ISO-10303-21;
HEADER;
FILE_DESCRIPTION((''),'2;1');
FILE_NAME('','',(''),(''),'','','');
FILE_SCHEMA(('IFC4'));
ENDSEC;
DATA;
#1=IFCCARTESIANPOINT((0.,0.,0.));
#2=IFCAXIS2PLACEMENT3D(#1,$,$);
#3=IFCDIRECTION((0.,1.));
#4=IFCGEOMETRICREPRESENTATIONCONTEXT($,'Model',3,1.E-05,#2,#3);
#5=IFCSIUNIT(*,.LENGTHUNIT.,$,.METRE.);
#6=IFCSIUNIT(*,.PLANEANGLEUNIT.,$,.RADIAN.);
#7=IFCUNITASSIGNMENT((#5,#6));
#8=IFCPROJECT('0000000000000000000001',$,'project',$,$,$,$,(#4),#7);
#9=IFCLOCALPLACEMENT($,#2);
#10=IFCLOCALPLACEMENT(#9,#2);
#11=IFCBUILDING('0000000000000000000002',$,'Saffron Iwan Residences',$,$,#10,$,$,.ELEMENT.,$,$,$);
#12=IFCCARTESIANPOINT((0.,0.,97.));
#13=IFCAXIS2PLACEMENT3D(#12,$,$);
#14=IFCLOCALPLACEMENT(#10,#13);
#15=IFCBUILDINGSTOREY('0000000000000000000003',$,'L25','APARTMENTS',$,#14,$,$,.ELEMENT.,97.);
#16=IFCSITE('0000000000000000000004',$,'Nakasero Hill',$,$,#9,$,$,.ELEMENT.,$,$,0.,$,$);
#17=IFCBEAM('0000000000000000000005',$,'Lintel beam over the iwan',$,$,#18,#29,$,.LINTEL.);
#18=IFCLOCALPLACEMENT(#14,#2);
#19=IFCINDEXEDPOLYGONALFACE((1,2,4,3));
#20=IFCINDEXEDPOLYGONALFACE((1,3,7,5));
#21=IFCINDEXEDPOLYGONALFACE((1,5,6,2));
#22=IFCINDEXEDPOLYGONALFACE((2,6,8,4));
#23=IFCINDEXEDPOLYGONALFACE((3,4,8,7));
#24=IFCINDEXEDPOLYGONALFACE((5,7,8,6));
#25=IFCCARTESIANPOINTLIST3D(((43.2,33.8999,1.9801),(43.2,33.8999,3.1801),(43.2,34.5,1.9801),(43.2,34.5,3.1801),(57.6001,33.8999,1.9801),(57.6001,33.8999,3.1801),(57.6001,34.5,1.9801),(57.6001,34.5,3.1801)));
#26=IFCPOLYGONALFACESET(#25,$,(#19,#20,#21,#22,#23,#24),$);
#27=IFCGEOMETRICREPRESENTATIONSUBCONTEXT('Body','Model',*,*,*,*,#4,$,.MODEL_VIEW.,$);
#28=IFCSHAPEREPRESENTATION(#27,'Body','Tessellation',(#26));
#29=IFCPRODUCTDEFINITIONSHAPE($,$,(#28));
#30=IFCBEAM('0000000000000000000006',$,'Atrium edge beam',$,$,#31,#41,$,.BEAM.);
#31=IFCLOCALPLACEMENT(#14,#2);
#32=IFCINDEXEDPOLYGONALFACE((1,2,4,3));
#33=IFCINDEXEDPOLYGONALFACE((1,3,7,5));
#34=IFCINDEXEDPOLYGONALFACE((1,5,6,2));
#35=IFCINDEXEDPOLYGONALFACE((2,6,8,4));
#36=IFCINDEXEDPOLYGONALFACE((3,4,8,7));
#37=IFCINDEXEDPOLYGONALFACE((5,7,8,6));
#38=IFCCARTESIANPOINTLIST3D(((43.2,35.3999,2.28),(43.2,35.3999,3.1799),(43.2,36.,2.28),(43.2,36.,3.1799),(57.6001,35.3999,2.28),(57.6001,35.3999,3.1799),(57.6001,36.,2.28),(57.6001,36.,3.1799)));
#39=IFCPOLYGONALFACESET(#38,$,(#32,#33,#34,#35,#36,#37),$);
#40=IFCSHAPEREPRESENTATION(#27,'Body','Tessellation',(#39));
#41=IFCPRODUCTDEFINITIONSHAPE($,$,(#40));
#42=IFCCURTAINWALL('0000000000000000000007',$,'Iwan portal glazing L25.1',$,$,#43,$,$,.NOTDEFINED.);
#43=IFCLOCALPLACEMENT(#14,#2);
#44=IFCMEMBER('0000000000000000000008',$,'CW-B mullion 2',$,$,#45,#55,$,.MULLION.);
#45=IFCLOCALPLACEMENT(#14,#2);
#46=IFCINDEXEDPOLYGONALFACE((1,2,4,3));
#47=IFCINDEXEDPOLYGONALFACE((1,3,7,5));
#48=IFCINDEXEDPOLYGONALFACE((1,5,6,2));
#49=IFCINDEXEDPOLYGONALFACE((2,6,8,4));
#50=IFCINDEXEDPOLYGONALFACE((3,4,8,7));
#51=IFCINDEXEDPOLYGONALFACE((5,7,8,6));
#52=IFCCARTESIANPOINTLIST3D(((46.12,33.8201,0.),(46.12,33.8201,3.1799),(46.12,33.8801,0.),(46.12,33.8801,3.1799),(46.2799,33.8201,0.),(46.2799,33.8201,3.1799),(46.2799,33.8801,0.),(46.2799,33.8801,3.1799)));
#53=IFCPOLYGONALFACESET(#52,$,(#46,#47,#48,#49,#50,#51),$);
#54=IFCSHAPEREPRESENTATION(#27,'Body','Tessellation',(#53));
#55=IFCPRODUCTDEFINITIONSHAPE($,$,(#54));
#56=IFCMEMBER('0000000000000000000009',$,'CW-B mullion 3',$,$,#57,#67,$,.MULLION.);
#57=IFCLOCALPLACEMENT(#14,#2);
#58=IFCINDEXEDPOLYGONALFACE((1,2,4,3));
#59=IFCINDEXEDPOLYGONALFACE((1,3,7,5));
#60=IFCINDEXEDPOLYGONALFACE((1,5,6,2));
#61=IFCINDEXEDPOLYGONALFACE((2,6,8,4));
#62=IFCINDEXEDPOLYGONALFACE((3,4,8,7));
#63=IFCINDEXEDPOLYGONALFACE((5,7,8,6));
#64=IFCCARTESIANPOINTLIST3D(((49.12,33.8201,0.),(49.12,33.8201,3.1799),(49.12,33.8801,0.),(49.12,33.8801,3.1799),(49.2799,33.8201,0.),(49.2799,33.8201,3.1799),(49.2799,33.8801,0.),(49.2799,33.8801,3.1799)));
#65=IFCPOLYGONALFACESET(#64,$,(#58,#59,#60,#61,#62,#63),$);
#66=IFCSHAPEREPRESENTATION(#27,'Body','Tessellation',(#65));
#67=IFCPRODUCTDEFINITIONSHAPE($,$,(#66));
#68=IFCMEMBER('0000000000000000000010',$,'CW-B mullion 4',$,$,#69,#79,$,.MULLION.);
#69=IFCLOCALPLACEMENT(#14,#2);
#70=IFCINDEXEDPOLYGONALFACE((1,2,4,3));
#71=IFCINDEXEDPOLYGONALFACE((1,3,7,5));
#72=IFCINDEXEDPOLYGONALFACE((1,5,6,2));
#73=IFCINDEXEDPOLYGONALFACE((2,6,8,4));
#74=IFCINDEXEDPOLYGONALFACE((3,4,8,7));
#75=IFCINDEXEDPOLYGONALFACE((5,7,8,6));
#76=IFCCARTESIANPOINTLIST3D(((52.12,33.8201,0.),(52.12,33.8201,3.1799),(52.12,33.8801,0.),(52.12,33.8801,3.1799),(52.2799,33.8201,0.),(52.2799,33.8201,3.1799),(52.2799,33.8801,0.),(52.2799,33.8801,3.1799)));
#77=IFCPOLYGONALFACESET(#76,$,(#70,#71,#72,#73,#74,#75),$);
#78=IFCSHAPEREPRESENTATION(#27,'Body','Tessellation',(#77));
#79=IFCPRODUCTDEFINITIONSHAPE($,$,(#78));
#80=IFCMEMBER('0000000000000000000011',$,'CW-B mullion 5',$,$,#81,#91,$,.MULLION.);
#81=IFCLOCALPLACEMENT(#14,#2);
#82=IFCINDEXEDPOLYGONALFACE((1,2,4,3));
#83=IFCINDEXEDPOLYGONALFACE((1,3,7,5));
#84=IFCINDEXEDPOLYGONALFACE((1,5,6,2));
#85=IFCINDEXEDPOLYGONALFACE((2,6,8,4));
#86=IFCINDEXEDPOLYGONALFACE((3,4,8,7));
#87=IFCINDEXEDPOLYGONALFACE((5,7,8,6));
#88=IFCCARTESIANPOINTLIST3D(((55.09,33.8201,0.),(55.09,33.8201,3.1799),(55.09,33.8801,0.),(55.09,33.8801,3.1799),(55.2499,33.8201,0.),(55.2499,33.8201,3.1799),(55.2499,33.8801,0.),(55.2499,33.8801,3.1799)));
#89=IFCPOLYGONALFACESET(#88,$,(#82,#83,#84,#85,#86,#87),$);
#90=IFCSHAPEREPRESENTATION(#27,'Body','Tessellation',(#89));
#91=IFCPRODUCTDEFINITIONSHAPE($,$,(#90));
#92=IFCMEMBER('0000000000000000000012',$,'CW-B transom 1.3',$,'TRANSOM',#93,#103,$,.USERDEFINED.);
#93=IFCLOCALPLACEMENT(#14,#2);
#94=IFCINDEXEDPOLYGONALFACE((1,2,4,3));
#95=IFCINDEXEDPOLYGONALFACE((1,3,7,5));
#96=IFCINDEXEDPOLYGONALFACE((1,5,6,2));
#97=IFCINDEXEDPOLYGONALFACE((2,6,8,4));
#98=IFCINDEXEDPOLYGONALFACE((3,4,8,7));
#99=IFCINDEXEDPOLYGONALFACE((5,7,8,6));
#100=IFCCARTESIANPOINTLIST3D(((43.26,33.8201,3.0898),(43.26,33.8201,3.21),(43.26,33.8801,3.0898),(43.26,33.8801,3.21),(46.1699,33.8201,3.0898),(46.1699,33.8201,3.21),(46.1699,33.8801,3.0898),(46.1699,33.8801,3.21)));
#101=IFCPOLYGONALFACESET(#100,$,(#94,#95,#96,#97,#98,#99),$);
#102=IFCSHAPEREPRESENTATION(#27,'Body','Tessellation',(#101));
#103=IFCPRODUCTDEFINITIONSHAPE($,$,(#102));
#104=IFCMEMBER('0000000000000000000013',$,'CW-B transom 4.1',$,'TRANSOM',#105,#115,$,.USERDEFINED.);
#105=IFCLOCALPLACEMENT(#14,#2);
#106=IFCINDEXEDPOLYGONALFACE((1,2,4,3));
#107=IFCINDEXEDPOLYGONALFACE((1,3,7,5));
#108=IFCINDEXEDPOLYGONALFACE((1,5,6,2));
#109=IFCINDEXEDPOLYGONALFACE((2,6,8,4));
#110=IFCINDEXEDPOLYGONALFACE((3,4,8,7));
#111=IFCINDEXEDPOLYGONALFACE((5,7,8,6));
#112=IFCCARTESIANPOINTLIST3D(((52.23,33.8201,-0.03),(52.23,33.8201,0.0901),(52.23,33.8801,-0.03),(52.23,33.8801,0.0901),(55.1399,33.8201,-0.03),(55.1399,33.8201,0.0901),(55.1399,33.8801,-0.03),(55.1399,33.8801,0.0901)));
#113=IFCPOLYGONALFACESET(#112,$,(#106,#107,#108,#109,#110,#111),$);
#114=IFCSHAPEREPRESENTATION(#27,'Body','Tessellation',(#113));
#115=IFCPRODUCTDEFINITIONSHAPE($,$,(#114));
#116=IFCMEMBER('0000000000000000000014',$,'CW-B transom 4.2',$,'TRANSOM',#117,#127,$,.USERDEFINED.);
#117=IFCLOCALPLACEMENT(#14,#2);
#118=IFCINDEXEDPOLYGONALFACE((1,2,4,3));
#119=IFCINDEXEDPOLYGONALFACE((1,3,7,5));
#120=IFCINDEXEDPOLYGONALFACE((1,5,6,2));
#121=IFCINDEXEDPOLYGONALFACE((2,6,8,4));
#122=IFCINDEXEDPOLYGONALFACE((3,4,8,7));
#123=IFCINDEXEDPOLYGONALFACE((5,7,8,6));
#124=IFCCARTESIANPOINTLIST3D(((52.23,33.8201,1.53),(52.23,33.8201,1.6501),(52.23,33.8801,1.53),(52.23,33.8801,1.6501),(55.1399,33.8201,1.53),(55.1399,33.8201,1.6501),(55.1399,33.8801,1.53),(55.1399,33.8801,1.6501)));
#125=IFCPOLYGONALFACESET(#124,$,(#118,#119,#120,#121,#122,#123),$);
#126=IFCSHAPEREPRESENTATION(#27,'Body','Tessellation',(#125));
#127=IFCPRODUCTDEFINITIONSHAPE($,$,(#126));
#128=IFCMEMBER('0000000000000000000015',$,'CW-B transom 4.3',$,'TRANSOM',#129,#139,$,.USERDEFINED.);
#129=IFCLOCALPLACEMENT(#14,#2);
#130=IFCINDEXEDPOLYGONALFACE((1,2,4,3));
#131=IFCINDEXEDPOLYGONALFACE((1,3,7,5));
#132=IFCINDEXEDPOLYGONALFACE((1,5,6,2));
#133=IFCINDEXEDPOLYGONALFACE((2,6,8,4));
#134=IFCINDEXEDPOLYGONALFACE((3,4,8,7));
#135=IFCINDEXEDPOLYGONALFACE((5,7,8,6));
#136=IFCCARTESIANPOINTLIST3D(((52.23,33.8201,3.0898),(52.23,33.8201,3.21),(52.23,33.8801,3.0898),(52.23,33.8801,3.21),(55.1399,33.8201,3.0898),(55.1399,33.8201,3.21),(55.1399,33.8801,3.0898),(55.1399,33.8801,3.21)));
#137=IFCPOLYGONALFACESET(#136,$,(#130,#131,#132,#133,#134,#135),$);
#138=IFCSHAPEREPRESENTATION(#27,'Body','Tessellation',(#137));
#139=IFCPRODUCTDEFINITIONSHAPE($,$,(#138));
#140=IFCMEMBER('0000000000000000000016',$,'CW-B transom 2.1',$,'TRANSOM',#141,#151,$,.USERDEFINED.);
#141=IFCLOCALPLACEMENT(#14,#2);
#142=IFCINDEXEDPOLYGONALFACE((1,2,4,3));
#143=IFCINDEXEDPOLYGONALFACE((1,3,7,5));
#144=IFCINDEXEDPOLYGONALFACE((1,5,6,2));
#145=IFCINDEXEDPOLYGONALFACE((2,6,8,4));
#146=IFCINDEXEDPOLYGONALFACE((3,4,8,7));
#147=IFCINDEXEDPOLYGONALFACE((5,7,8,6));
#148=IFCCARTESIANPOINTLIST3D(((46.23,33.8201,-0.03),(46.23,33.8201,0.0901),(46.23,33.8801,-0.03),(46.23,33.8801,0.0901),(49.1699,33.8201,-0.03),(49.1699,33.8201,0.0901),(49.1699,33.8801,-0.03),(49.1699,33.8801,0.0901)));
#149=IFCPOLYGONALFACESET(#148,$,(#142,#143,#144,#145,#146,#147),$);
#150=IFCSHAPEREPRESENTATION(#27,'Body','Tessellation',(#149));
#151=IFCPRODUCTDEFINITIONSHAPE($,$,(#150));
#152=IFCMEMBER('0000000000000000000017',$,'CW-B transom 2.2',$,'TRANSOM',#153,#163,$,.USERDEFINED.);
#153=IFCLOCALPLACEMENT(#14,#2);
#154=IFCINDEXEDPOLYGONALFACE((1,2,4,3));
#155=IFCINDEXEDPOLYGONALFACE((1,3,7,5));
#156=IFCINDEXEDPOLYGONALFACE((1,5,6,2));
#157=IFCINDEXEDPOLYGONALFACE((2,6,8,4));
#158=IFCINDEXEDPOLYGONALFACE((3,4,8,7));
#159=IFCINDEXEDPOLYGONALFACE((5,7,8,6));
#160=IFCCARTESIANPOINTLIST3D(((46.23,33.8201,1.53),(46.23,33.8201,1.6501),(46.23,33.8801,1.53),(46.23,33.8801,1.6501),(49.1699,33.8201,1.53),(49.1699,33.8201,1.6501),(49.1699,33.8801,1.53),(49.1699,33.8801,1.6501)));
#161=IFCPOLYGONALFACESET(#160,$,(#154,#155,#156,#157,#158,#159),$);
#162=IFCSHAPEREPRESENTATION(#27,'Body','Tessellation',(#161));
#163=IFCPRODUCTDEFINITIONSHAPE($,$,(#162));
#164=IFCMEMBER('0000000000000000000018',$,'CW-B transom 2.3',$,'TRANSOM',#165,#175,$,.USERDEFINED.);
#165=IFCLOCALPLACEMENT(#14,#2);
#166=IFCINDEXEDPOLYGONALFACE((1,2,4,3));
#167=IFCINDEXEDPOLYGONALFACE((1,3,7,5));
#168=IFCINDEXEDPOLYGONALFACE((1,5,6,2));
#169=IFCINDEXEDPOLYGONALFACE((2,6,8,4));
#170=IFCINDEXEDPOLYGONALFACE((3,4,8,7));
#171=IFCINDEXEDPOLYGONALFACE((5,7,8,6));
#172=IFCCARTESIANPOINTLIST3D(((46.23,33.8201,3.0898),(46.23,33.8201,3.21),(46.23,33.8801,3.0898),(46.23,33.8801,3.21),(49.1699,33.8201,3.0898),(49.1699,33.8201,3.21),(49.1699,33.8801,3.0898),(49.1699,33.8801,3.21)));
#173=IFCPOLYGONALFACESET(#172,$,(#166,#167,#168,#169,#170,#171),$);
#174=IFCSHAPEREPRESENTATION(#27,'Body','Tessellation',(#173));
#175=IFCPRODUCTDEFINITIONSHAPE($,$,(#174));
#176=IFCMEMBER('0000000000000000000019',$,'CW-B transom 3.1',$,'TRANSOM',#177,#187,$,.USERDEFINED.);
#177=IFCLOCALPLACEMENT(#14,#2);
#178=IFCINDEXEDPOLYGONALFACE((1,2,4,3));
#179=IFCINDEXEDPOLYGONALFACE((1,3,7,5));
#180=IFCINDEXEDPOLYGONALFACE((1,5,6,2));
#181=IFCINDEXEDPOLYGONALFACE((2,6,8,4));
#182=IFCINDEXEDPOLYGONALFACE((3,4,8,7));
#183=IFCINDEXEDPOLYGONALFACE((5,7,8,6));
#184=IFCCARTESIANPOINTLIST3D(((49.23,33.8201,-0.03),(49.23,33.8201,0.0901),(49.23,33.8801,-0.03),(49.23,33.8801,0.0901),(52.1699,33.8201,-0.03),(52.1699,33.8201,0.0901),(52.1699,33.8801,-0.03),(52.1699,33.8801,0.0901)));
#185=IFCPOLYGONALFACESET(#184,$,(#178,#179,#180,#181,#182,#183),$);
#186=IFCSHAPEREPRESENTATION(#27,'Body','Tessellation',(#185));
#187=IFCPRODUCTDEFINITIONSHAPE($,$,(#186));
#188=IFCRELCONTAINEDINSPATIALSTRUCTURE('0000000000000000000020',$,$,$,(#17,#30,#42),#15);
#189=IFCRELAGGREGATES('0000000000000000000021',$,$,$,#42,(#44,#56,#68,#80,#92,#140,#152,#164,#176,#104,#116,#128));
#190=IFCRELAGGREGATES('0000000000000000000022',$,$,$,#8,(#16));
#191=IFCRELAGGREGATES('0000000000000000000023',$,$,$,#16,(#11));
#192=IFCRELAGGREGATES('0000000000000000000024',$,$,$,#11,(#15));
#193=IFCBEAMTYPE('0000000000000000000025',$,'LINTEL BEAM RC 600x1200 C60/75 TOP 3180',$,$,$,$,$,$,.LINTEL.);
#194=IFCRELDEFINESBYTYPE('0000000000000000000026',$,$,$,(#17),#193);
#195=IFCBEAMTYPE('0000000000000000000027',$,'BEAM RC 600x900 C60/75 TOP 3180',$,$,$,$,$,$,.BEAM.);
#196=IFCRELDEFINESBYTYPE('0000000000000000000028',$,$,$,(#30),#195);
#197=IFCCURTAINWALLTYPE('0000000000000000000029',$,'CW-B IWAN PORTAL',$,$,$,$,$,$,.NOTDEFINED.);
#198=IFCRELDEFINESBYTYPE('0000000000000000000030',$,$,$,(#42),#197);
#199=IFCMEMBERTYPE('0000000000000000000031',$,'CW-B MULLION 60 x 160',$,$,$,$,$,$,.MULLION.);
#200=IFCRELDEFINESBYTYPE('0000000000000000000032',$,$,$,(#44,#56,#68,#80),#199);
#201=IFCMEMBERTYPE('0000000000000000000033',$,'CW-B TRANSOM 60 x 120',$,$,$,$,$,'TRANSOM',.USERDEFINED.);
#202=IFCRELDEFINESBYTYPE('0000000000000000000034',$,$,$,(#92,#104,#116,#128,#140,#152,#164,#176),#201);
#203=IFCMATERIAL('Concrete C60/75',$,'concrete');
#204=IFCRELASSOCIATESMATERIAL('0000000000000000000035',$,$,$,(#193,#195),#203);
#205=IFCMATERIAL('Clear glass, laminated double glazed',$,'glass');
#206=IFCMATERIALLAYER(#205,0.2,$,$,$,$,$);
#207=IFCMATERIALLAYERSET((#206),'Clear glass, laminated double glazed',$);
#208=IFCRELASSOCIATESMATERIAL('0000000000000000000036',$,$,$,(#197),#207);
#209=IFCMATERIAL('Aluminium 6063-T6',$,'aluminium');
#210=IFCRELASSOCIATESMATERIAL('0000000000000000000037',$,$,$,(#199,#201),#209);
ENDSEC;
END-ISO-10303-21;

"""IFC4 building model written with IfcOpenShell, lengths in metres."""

from ifc_helpers import new_model, si_unit, direction, frame, origin, origin_2d, place, context, subcontext, project, spatial, rectangle, extrude, source, transform, mapped, material, layer, layer_set, material_profile, profile_set, type_object, element, aggregate, save


model = new_model("IFC4")

# Units and contexts
model_context = context("Model", 3, precision=1e-05, world=origin(), true_north=direction((0.0, 1.0)))
body_context = subcontext(model_context, "Body", "Model", "MODEL_VIEW")
ifc_project = project(units=[si_unit("LENGTHUNIT", "METRE"), si_unit("PLANEANGLEUNIT", "RADIAN")], contexts=[model_context])

# Site, building, storey
site_placement = place(None, origin())
site = spatial("IfcSite", under=ifc_project, at=site_placement, Name="Nakasero Hill", CompositionType="ELEMENT", RefElevation=0.0)
building_placement = place(site_placement, origin())
building = spatial("IfcBuilding", under=site, at=building_placement, Name="Saffron Iwan Residences", CompositionType="ELEMENT")
storey_placement = place(building_placement, frame((0.0, 0.0, 97.0)))
storey = spatial("IfcBuildingStorey", under=building, at=storey_placement, Name="L25", Description="APARTMENTS", CompositionType="ELEMENT", Elevation=97.0)

# Beams
ifc_material_1 = material(Name="Concrete C60/75", Category="concrete")
ifc_material_profile_1 = material_profile(ifc_material_1, rectangle(XDim=0.6001, YDim=1.2, at=origin_2d()), Name="RC 600x1200")
ifc_profile_set_1 = profile_set([ifc_material_profile_1], Name="Concrete C60/75")
beam_type_1 = type_object("IfcBeamType", Name="LINTEL BEAM RC 600x1200 C60/75 TOP 3180", PredefinedType="LINTEL", material=ifc_profile_set_1)
shared_shape_1 = source(origin(), body_context, "Body", "SweptSolid", [
    extrude(rectangle(XDim=0.6001, YDim=1.2, at=origin_2d()), origin(), (0.0, 0.0, 1.0), 14.4001),
])
beam_1_placement = place(storey_placement, frame((57.6001, 34.2, 2.5801), z_axis=(-1.0, 0.0, 0.0), x_axis=(0.0, -1.0, 0.0)))
element("IfcBeam", 1, at=beam_1_placement, inside=storey, type_object=beam_type_1, Name="Lintel beam over the iwan", PredefinedType="LINTEL", context=body_context, shape_type="MappedRepresentation", body=[
    mapped(shared_shape_1, transform((0.0, 0.0, 0.0))),
])
ifc_material_profile_2 = material_profile(ifc_material_1, rectangle(XDim=0.6001, YDim=0.8999, at=origin_2d()), Name="RC 600x900")
ifc_profile_set_2 = profile_set([ifc_material_profile_2], Name="Concrete C60/75")
beam_type_2 = type_object("IfcBeamType", Name="BEAM RC 600x900 C60/75 TOP 3180", PredefinedType="BEAM", material=ifc_profile_set_2)
shared_shape_2 = source(origin(), body_context, "Body", "SweptSolid", [
    extrude(rectangle(XDim=0.6001, YDim=0.8999, at=origin_2d()), origin(), (0.0, 0.0, 1.0), 14.4001),
])
beam_2_placement = place(storey_placement, frame((57.6001, 35.7, 2.73), z_axis=(-1.0, 0.0, 0.0), x_axis=(0.0, -1.0, 0.0)))
element("IfcBeam", 2, at=beam_2_placement, inside=storey, type_object=beam_type_2, Name="Atrium edge beam", PredefinedType="BEAM", context=body_context, shape_type="MappedRepresentation", body=[
    mapped(shared_shape_2, transform((0.0, 0.0, 0.0))),
])

# Curtain wall, members
ifc_material_2 = material(Name="Clear glass, laminated double glazed", Category="glass")
ifc_layer_1 = layer(ifc_material_2, 0.2)
ifc_layer_set_1 = layer_set([ifc_layer_1], Name="Clear glass, laminated double glazed")
curtain_wall_type = type_object("IfcCurtainWallType", Name="CW-B IWAN PORTAL", PredefinedType="NOTDEFINED", material=ifc_layer_set_1)
curtain_wall_placement = place(storey_placement, origin())
curtain_wall = element("IfcCurtainWall", 3, at=curtain_wall_placement, inside=storey, type_object=curtain_wall_type, Name="Iwan portal glazing L25.1", PredefinedType="NOTDEFINED")
ifc_material_3 = material(Name="Aluminium 6063-T6", Category="aluminium")
ifc_material_profile_3 = material_profile(ifc_material_3, rectangle(XDim=0.0601, YDim=0.1599, at=origin_2d()), Name="CW-B MULLION 60 x 160")
ifc_profile_set_3 = profile_set([ifc_material_profile_3], Name="Aluminium 6063-T6")
member_type_1 = type_object("IfcMemberType", Name="CW-B MULLION 60 x 160", PredefinedType="MULLION", material=ifc_profile_set_3)
shared_shape_3 = source(origin(), body_context, "Body", "SweptSolid", [
    extrude(rectangle(XDim=0.0601, YDim=0.1599, at=origin_2d()), origin(), (0.0, 0.0, 1.0), 3.1799),
])
member_1_placement = place(storey_placement, frame((46.2, 33.8501, 0.0), z_axis=(0.0, 0.0, 1.0), x_axis=(0.0, 1.0, 0.0)))
member_1 = element("IfcMember", 4, at=member_1_placement, type_object=member_type_1, Name="CW-B mullion 2", PredefinedType="MULLION", context=body_context, shape_type="MappedRepresentation", body=[
    mapped(shared_shape_3, transform((0.0, 0.0, 0.0))),
])
member_2_placement = place(storey_placement, frame((49.2, 33.8501, 0.0), z_axis=(0.0, 0.0, 1.0), x_axis=(0.0, 1.0, 0.0)))
member_2 = element("IfcMember", 5, at=member_2_placement, type_object=member_type_1, Name="CW-B mullion 3", PredefinedType="MULLION", context=body_context, shape_type="MappedRepresentation", body=[
    mapped(shared_shape_3, transform((0.0, 0.0, 0.0))),
])
member_3_placement = place(storey_placement, frame((52.2, 33.8501, 0.0), z_axis=(0.0, 0.0, 1.0), x_axis=(0.0, 1.0, 0.0)))
member_3 = element("IfcMember", 6, at=member_3_placement, type_object=member_type_1, Name="CW-B mullion 4", PredefinedType="MULLION", context=body_context, shape_type="MappedRepresentation", body=[
    mapped(shared_shape_3, transform((0.0, 0.0, 0.0))),
])
member_4_placement = place(storey_placement, frame((55.1699, 33.8501, 0.0), z_axis=(0.0, 0.0, 1.0), x_axis=(0.0, 1.0, 0.0)))
member_4 = element("IfcMember", 7, at=member_4_placement, type_object=member_type_1, Name="CW-B mullion 5", PredefinedType="MULLION", context=body_context, shape_type="MappedRepresentation", body=[
    mapped(shared_shape_3, transform((0.0, 0.0, 0.0))),
])
ifc_material_profile_4 = material_profile(ifc_material_3, rectangle(XDim=0.0601, YDim=0.1201, at=origin_2d()), Name="CW-B TRANSOM 60 x 120")
ifc_profile_set_4 = profile_set([ifc_material_profile_4], Name="Aluminium 6063-T6")
member_type_2 = type_object("IfcMemberType", Name="CW-B TRANSOM 60 x 120", ElementType="TRANSOM", PredefinedType="USERDEFINED", material=ifc_profile_set_4)
shared_shape_4 = source(origin(), body_context, "Body", "SweptSolid", [
    extrude(rectangle(XDim=0.0601, YDim=0.1201, at=origin_2d()), origin(), (0.0, 0.0, 1.0), 2.9099),
])
member_5_placement = place(storey_placement, frame((43.26, 33.8501, 3.1499), z_axis=(1.0, 0.0, 0.0), x_axis=(0.0, 1.0, 0.0)))
member_5 = element("IfcMember", 8, at=member_5_placement, type_object=member_type_2, Name="CW-B transom 1.3", ObjectType="TRANSOM", PredefinedType="USERDEFINED", context=body_context, shape_type="MappedRepresentation", body=[
    mapped(shared_shape_4, transform((0.0, 0.0, 0.0))),
])
member_6_placement = place(storey_placement, frame((52.23, 33.8501, 0.03), z_axis=(1.0, 0.0, 0.0), x_axis=(0.0, 1.0, 0.0)))
member_6 = element("IfcMember", 9, at=member_6_placement, type_object=member_type_2, Name="CW-B transom 4.1", ObjectType="TRANSOM", PredefinedType="USERDEFINED", context=body_context, shape_type="MappedRepresentation", body=[
    mapped(shared_shape_4, transform((0.0, 0.0, 0.0))),
])
member_7_placement = place(storey_placement, frame((52.23, 33.8501, 1.5901), z_axis=(1.0, 0.0, 0.0), x_axis=(0.0, 1.0, 0.0)))
member_7 = element("IfcMember", 10, at=member_7_placement, type_object=member_type_2, Name="CW-B transom 4.2", ObjectType="TRANSOM", PredefinedType="USERDEFINED", context=body_context, shape_type="MappedRepresentation", body=[
    mapped(shared_shape_4, transform((0.0, 0.0, 0.0))),
])
member_8_placement = place(storey_placement, frame((52.23, 33.8501, 3.1499), z_axis=(1.0, 0.0, 0.0), x_axis=(0.0, 1.0, 0.0)))
member_8 = element("IfcMember", 11, at=member_8_placement, type_object=member_type_2, Name="CW-B transom 4.3", ObjectType="TRANSOM", PredefinedType="USERDEFINED", context=body_context, shape_type="MappedRepresentation", body=[
    mapped(shared_shape_4, transform((0.0, 0.0, 0.0))),
])
shared_shape_5 = source(origin(), body_context, "Body", "SweptSolid", [
    extrude(rectangle(XDim=0.0601, YDim=0.1201, at=origin_2d()), origin(), (0.0, 0.0, 1.0), 2.9399),
])
member_9_placement = place(storey_placement, frame((46.23, 33.8501, 0.03), z_axis=(1.0, 0.0, 0.0), x_axis=(0.0, 1.0, 0.0)))
member_9 = element("IfcMember", 12, at=member_9_placement, type_object=member_type_2, Name="CW-B transom 2.1", ObjectType="TRANSOM", PredefinedType="USERDEFINED", context=body_context, shape_type="MappedRepresentation", body=[
    mapped(shared_shape_5, transform((0.0, 0.0, 0.0))),
])
member_10_placement = place(storey_placement, frame((46.23, 33.8501, 1.5901), z_axis=(1.0, 0.0, 0.0), x_axis=(0.0, 1.0, 0.0)))
member_10 = element("IfcMember", 13, at=member_10_placement, type_object=member_type_2, Name="CW-B transom 2.2", ObjectType="TRANSOM", PredefinedType="USERDEFINED", context=body_context, shape_type="MappedRepresentation", body=[
    mapped(shared_shape_5, transform((0.0, 0.0, 0.0))),
])
member_11_placement = place(storey_placement, frame((46.23, 33.8501, 3.1499), z_axis=(1.0, 0.0, 0.0), x_axis=(0.0, 1.0, 0.0)))
member_11 = element("IfcMember", 14, at=member_11_placement, type_object=member_type_2, Name="CW-B transom 2.3", ObjectType="TRANSOM", PredefinedType="USERDEFINED", context=body_context, shape_type="MappedRepresentation", body=[
    mapped(shared_shape_5, transform((0.0, 0.0, 0.0))),
])
member_12_placement = place(storey_placement, frame((49.23, 33.8501, 0.03), z_axis=(1.0, 0.0, 0.0), x_axis=(0.0, 1.0, 0.0)))
member_12 = element("IfcMember", 15, at=member_12_placement, type_object=member_type_2, Name="CW-B transom 3.1", ObjectType="TRANSOM", PredefinedType="USERDEFINED", context=body_context, shape_type="MappedRepresentation", body=[
    mapped(shared_shape_5, transform((0.0, 0.0, 0.0))),
])
aggregate(curtain_wall, [member_1, member_2, member_3, member_4, member_5, member_9, member_10, member_11, member_12, member_6, member_7, member_8])

save(model, "model.ifc")
